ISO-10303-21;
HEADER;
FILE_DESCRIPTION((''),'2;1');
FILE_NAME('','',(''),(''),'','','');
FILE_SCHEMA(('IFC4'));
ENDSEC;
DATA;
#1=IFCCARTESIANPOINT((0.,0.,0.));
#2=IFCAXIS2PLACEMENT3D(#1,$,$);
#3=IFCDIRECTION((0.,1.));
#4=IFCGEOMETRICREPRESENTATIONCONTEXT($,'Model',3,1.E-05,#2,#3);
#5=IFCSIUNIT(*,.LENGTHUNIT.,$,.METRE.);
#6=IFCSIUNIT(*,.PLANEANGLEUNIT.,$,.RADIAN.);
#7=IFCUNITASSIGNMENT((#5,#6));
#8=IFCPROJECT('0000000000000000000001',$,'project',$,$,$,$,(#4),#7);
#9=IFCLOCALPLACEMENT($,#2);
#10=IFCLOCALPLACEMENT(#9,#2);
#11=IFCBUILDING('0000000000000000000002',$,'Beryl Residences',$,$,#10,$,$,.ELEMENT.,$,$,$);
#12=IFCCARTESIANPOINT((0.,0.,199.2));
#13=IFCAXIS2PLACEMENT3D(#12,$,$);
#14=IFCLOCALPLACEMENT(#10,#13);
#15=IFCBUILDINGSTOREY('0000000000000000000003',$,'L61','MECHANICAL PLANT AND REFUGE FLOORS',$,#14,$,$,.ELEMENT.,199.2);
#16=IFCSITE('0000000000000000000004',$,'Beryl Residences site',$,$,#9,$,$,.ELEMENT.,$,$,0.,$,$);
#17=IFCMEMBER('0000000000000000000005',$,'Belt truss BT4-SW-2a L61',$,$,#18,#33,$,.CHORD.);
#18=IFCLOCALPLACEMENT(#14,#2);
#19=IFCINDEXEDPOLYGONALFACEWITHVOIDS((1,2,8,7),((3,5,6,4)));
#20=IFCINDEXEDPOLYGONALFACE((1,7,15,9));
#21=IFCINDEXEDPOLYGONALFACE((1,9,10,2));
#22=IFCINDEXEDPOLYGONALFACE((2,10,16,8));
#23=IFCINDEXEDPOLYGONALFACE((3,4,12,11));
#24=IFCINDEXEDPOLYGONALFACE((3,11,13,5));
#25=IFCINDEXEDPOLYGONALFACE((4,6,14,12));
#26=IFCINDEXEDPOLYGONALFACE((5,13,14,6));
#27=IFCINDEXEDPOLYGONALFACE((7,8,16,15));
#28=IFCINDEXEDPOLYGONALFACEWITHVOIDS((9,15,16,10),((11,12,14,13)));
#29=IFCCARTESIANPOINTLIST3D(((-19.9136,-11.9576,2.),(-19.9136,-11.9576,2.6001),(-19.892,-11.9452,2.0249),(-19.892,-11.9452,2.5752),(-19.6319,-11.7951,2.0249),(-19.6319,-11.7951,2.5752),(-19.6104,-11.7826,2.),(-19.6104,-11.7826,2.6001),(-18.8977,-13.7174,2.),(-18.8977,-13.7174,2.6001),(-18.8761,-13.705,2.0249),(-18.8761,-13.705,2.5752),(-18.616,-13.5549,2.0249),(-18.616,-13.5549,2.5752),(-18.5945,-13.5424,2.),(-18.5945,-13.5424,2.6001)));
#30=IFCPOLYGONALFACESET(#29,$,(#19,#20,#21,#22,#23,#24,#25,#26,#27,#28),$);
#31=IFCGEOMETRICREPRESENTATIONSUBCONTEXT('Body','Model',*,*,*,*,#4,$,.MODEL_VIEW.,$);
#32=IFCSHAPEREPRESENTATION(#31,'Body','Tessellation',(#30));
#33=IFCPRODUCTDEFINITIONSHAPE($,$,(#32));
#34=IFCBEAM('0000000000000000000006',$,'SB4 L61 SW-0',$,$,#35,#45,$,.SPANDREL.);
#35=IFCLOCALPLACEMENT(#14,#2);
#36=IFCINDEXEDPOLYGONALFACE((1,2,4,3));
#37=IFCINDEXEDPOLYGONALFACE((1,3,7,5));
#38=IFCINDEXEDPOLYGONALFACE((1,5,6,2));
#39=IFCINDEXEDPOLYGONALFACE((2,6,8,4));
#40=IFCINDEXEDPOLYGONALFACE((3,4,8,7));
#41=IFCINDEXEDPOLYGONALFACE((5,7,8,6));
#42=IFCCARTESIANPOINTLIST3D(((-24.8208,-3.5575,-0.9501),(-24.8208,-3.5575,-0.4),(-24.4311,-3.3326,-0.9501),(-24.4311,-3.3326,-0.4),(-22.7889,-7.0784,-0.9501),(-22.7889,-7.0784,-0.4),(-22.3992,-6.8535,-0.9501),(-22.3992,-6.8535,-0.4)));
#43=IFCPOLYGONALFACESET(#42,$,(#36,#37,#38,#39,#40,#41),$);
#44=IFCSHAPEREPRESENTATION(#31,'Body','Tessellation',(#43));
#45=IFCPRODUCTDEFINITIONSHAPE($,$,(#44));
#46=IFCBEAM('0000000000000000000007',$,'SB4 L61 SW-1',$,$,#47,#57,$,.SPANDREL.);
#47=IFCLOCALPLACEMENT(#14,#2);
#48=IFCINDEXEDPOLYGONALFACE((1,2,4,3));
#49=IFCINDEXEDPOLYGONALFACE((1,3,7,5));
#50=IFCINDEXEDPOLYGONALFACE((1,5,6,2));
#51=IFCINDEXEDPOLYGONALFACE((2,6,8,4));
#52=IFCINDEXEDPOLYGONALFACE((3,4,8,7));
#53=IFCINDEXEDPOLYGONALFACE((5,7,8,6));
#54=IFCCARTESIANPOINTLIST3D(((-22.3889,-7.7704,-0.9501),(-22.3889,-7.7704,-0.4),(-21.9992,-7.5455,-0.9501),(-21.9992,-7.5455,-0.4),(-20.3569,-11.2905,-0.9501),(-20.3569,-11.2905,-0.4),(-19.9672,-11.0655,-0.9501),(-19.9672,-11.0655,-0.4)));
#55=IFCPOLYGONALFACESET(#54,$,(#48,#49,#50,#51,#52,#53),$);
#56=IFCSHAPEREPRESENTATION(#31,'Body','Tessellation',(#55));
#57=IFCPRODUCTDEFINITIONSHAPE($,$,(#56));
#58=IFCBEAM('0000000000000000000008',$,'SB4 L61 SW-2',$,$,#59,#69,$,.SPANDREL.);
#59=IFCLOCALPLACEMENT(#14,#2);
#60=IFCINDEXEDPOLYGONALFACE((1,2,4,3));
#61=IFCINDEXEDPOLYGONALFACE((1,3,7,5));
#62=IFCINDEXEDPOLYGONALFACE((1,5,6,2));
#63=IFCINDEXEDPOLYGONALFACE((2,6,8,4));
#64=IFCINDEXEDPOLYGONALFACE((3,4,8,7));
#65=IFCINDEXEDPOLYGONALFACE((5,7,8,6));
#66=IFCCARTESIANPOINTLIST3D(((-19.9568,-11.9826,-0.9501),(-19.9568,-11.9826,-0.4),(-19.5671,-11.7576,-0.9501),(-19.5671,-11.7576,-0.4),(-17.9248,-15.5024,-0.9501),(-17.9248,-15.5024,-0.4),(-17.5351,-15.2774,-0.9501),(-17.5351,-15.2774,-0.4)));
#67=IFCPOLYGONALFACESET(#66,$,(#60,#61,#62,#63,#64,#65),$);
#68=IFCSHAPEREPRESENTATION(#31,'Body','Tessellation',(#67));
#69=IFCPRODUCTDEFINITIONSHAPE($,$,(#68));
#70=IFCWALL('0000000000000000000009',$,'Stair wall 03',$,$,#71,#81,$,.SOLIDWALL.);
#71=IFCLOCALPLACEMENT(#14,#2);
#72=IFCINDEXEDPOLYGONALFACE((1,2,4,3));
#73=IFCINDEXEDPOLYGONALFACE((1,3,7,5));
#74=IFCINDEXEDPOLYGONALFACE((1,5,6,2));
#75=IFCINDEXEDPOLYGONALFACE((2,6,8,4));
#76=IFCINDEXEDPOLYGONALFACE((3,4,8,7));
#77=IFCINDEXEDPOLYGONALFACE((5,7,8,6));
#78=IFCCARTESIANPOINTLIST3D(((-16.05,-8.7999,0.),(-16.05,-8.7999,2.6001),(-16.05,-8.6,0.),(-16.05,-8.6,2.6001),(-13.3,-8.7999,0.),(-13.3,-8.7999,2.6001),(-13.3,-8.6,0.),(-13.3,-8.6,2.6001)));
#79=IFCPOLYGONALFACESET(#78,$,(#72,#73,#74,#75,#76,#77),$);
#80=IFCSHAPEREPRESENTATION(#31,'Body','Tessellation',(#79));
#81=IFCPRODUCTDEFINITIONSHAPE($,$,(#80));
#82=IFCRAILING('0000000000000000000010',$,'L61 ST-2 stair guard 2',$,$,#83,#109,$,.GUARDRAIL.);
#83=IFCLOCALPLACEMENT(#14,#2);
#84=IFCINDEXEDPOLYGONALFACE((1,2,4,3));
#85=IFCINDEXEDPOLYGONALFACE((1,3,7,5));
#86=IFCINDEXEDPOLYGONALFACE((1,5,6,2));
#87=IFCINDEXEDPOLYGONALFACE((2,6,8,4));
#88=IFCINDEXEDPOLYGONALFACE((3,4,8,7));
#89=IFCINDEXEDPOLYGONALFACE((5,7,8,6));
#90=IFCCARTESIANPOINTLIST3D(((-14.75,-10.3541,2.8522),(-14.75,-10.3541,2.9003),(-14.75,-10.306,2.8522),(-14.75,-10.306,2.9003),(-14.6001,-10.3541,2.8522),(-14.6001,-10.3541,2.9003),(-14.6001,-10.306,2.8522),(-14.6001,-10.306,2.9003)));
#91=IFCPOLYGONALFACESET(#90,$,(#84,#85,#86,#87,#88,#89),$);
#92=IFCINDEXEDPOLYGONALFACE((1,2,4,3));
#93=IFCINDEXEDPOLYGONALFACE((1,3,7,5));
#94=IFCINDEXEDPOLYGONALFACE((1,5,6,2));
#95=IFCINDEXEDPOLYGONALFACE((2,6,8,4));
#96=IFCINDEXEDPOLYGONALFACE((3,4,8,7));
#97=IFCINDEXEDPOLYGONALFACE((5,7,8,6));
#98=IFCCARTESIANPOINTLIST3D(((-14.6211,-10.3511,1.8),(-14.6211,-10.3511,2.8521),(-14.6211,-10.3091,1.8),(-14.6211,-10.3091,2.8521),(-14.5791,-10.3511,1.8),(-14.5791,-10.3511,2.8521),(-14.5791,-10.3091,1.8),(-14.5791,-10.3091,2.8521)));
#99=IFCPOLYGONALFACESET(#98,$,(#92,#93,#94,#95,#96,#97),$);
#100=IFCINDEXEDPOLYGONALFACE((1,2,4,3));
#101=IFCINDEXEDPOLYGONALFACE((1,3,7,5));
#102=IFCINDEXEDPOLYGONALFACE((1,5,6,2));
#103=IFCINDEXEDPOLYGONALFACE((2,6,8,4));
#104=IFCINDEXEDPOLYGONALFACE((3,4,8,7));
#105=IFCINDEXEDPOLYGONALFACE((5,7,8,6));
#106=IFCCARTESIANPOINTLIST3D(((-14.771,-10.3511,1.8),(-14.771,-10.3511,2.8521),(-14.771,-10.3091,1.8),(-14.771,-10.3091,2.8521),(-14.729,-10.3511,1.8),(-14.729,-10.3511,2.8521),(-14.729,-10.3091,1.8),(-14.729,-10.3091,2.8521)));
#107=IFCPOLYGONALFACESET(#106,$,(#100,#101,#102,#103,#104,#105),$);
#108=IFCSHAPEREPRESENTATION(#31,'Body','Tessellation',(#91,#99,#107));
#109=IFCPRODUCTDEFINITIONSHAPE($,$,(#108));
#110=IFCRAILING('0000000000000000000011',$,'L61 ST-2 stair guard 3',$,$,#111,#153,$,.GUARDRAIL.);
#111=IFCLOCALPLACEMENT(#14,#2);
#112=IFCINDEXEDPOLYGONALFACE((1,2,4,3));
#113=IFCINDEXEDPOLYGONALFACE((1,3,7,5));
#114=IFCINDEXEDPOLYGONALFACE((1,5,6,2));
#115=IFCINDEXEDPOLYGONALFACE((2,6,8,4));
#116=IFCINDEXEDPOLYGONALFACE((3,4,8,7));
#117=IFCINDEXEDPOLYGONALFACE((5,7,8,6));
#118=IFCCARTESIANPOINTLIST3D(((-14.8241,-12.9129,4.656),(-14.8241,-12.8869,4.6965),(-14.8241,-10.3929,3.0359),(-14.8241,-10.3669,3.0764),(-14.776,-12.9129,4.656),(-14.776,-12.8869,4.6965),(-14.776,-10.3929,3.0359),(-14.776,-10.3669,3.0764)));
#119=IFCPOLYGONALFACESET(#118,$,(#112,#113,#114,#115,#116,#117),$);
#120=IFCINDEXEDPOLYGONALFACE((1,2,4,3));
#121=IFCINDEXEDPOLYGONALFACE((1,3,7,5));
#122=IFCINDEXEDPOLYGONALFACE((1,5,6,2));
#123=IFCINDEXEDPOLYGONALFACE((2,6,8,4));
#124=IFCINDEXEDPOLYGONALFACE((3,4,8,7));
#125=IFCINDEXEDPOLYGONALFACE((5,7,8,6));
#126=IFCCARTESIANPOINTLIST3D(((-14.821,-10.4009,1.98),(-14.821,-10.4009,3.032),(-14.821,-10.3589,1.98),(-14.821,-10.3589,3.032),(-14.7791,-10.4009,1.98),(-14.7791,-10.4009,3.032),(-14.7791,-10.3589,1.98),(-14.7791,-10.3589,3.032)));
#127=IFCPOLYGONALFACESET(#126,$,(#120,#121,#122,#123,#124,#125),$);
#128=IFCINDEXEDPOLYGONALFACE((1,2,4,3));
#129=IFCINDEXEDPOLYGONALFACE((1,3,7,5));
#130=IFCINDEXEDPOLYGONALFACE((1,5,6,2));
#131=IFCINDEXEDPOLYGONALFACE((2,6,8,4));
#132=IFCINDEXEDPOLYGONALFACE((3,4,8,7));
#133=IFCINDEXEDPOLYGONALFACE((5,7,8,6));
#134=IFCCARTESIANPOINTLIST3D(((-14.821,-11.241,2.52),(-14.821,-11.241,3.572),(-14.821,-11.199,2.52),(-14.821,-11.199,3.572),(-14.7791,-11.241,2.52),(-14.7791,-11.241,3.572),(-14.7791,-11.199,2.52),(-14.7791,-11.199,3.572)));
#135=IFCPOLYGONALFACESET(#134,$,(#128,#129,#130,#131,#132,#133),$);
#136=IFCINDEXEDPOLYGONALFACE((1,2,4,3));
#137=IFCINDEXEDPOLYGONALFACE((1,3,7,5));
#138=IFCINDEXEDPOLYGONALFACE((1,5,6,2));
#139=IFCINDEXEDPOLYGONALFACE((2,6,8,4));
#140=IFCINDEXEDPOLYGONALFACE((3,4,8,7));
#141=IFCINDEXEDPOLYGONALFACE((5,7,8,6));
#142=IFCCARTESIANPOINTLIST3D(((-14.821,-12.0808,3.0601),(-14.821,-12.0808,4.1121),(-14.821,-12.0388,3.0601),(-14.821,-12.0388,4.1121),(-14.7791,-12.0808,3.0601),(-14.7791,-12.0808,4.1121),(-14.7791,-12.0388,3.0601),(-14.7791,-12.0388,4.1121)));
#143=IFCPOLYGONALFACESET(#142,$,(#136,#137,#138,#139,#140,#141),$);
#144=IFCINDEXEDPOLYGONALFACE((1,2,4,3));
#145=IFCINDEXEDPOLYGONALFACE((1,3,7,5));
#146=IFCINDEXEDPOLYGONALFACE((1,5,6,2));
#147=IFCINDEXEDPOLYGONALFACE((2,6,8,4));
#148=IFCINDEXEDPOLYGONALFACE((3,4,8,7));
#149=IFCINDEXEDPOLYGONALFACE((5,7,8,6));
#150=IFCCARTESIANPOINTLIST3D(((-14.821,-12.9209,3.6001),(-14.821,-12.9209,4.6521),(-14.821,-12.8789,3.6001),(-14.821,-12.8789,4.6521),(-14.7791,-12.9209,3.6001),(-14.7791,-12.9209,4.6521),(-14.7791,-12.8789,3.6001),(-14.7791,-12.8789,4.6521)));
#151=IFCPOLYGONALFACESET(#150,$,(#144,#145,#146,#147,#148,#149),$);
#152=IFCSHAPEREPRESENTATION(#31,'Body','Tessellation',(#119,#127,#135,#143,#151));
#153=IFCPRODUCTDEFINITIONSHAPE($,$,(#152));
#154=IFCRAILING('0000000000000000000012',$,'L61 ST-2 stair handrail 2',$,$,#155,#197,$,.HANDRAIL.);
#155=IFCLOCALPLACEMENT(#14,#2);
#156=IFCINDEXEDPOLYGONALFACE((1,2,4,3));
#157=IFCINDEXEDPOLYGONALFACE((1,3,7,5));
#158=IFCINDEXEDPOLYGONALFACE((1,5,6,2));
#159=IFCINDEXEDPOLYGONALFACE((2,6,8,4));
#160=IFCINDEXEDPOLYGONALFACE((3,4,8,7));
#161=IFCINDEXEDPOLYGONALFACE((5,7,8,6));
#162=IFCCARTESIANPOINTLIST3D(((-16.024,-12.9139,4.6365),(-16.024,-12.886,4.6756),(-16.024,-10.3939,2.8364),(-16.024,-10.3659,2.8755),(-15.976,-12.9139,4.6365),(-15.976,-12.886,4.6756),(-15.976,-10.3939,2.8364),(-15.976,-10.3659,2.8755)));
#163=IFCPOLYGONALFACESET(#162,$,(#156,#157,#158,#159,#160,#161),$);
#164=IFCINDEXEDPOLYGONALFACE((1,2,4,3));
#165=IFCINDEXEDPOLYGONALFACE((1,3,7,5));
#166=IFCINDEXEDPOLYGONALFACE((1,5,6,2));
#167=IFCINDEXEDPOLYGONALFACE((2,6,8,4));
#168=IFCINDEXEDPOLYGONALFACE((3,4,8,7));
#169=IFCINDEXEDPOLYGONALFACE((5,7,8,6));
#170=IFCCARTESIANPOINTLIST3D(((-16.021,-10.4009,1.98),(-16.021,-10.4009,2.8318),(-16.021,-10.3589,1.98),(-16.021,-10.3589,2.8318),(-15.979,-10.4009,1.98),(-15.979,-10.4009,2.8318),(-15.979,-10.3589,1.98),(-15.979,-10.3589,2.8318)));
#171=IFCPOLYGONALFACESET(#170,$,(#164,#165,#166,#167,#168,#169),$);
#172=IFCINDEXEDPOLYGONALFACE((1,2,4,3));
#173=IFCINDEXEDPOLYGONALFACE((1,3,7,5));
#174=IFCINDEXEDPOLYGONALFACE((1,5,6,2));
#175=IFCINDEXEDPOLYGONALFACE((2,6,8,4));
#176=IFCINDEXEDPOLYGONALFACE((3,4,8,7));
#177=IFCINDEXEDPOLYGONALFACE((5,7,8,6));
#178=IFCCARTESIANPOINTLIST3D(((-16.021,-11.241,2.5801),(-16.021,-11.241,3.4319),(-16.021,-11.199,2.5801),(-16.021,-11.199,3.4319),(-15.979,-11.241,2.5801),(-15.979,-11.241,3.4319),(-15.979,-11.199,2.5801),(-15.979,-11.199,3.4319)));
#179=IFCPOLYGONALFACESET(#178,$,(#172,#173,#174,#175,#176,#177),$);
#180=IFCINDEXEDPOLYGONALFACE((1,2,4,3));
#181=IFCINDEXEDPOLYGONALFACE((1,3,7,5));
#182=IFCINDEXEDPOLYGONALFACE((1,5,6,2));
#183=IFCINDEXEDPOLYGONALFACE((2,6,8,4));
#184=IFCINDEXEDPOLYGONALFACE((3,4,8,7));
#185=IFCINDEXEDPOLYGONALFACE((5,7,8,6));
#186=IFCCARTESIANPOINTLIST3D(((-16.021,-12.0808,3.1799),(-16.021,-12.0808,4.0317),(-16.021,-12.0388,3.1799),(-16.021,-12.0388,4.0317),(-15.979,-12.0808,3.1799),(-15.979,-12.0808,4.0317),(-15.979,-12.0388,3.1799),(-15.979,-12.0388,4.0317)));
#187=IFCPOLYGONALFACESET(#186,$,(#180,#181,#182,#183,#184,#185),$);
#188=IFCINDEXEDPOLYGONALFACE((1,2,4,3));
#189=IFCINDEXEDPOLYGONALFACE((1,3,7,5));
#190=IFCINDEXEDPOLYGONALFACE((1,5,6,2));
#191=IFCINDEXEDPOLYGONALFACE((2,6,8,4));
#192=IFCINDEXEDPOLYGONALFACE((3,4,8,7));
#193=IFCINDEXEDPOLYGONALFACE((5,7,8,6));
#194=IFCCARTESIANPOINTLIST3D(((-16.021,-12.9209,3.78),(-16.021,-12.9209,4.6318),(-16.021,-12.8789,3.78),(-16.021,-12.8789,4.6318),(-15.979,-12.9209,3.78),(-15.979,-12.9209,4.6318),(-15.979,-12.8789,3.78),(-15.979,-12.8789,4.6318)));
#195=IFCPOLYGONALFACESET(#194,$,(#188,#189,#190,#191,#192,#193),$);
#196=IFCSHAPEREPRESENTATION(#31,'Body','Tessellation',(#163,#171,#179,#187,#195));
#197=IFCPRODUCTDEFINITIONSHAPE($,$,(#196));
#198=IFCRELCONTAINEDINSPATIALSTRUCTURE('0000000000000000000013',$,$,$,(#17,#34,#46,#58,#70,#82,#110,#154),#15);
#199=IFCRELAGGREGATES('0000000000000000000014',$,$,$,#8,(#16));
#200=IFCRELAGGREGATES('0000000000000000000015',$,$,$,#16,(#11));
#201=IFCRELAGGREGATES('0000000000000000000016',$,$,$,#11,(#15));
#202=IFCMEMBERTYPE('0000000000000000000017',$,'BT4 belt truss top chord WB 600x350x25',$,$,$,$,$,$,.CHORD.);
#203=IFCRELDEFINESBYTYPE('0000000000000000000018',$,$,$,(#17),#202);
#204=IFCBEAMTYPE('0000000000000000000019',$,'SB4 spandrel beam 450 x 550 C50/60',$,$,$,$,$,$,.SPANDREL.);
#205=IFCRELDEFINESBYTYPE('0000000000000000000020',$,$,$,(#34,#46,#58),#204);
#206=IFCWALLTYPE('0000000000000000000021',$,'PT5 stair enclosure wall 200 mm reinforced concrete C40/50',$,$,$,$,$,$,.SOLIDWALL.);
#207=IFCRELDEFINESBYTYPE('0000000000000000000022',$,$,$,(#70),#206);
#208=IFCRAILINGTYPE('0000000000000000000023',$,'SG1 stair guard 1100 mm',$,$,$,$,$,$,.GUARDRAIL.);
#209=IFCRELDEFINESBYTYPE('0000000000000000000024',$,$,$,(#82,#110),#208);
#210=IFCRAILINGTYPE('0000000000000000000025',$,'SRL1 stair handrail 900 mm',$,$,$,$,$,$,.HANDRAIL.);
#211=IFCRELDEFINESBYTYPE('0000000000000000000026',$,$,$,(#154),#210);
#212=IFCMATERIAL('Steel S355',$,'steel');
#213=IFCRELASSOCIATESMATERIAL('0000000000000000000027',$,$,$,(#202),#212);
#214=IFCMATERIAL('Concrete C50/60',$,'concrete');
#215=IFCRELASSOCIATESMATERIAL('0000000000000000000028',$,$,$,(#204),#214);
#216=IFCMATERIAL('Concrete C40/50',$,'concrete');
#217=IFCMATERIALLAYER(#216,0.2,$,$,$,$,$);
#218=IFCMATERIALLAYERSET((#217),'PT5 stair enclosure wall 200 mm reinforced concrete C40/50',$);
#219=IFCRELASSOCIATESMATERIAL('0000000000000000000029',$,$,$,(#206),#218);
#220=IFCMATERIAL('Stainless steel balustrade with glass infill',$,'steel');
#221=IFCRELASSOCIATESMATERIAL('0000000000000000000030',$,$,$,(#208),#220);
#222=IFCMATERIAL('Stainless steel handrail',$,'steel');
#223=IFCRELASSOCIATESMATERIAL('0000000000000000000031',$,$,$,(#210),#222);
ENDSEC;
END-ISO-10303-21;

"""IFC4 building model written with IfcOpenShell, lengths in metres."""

from ifc_helpers import new_model, si_unit, direction, frame, frame_2d, origin, origin_2d, place, context, subcontext, project, spatial, rectangle, hollow_rectangle, extrude, material, layer, layer_set, material_profile, profile_set, type_object, element, save


model = new_model("IFC4")

# Units and contexts
model_context = context("Model", 3, precision=1e-05, world=origin(), true_north=direction((0.0, 1.0)))
body_context = subcontext(model_context, "Body", "Model", "MODEL_VIEW")
ifc_project = project(units=[si_unit("LENGTHUNIT", "METRE"), si_unit("PLANEANGLEUNIT", "RADIAN")], contexts=[model_context])

# Site, building, storey
site_placement = place(None, origin())
site = spatial("IfcSite", under=ifc_project, at=site_placement, Name="Beryl Residences site", CompositionType="ELEMENT", RefElevation=0.0)
building_placement = place(site_placement, origin())
building = spatial("IfcBuilding", under=site, at=building_placement, Name="Beryl Residences", CompositionType="ELEMENT")
storey_placement = place(building_placement, frame((0.0, 0.0, 199.2)))
storey = spatial("IfcBuildingStorey", under=building, at=storey_placement, Name="L61", Description="MECHANICAL PLANT AND REFUGE FLOORS", CompositionType="ELEMENT", Elevation=199.2)

# Member
ifc_material_1 = material(Name="Steel S355", Category="steel")
ifc_material_profile_1 = material_profile(ifc_material_1, hollow_rectangle(XDim=0.3501, YDim=0.6001, WallThickness=0.0249, at=origin_2d()))
ifc_profile_set_1 = profile_set([ifc_material_profile_1], Name="Steel S355")
member_type_1 = type_object("IfcMemberType", Name="BT4 belt truss top chord WB 600x350x25", PredefinedType="CHORD", material=ifc_profile_set_1)
member_1_placement = place(storey_placement, frame((-19.762, -11.8701, 2.3), z_axis=(0.499951, -0.866054, 0.0), x_axis=(0.866054, 0.499951, 0.0)))
element("IfcMember", 1, at=member_1_placement, inside=storey, type_object=member_type_1, Name="Belt truss BT4-SW-2a L61", PredefinedType="CHORD", context=body_context, shape_type="SweptSolid", body=[
    extrude(hollow_rectangle(XDim=0.3501, YDim=0.6001, WallThickness=0.0249, at=origin_2d()), origin(), (0.0, 0.0, 1.0), 2.032),
])

# Beams
ifc_material_2 = material(Name="Concrete C50/60", Category="concrete")
ifc_material_profile_2 = material_profile(ifc_material_2, rectangle(XDim=0.45, YDim=0.55, at=origin_2d()))
ifc_profile_set_2 = profile_set([ifc_material_profile_2], Name="Concrete C50/60")
beam_type = type_object("IfcBeamType", Name="SB4 spandrel beam 450 x 550 C50/60", PredefinedType="SPANDREL", material=ifc_profile_set_2)
beam_1_placement = place(storey_placement, frame((-24.626, -3.4451, -0.675), z_axis=(0.49984, -0.866118, 0.0), x_axis=(0.866118, 0.49984, 0.0)))
element("IfcBeam", 2, at=beam_1_placement, inside=storey, type_object=beam_type, Name="SB4 L61 SW-0", PredefinedType="SPANDREL", context=body_context, shape_type="SweptSolid", body=[
    extrude(rectangle(XDim=0.45, YDim=0.55, at=origin_2d()), origin(), (0.0, 0.0, 1.0), 4.0652),
])
beam_2_placement = place(storey_placement, frame((-22.1941, -7.658, -0.675), z_axis=(0.499944, -0.866058, 0.0), x_axis=(0.866058, 0.499944, 0.0)))
element("IfcBeam", 3, at=beam_2_placement, inside=storey, type_object=beam_type, Name="SB4 L61 SW-1", PredefinedType="SPANDREL", context=body_context, shape_type="SweptSolid", body=[
    extrude(rectangle(XDim=0.45, YDim=0.55, at=origin_2d()), origin(), (0.0, 0.0, 1.0), 4.0645),
])
beam_3_placement = place(storey_placement, frame((-19.762, -11.8701, -0.675), z_axis=(0.49997, -0.866043, 0.0), x_axis=(0.866043, 0.49997, 0.0)))
element("IfcBeam", 4, at=beam_3_placement, inside=storey, type_object=beam_type, Name="SB4 L61 SW-2", PredefinedType="SPANDREL", context=body_context, shape_type="SweptSolid", body=[
    extrude(rectangle(XDim=0.45, YDim=0.55, at=origin_2d()), origin(), (0.0, 0.0, 1.0), 4.0642),
])

# Wall
ifc_material_3 = material(Name="Concrete C40/50", Category="concrete")
ifc_layer = layer(ifc_material_3, 0.2)
ifc_layer_set = layer_set([ifc_layer], Name="PT5 stair enclosure wall 200 mm reinforced concrete C40/50")
wall_type = type_object("IfcWallType", Name="PT5 stair enclosure wall 200 mm reinforced concrete C40/50", PredefinedType="SOLIDWALL", material=ifc_layer_set)
wall_placement = place(storey_placement, frame((-16.05, -8.7, 0.0), z_axis=(0.0, 0.0, 1.0), x_axis=(1.0, 0.0, 0.0)))
element("IfcWall", 5, at=wall_placement, inside=storey, type_object=wall_type, Name="Stair wall 03", PredefinedType="SOLIDWALL", context=body_context, shape_type="SweptSolid", body=[
    extrude(rectangle(XDim=2.75, YDim=0.2, at=frame_2d((1.375, 0.0))), origin(), (0.0, 0.0, 1.0), 2.6001),
])

# Railings
ifc_material_4 = material(Name="Stainless steel balustrade with glass infill", Category="steel")
railing_type_1 = type_object("IfcRailingType", Name="SG1 stair guard 1100 mm", PredefinedType="GUARDRAIL", material=ifc_material_4)
railing_1_placement = place(storey_placement, frame((-14.6001, -10.3301, 1.8)))
element("IfcRailing", 6, at=railing_1_placement, inside=storey, type_object=railing_type_1, Name="L61 ST-2 stair guard 2", PredefinedType="GUARDRAIL", context=body_context, shape_type="SweptSolid", body=[
    extrude(rectangle(XDim=0.0481, YDim=0.0481, at=origin_2d()), frame((0.0, 0.0, 1.0762), z_axis=(-1.0, 0.0, 0.0), x_axis=(0.0, -1.0, 0.0)), (0.0, 0.0, 1.0), 0.1499),
    extrude(rectangle(XDim=0.042, YDim=0.042, at=origin_2d()), origin(), (0.0, 0.0, 1.0), 1.052),
    extrude(rectangle(XDim=0.042, YDim=0.042, at=origin_2d()), frame((-0.1499, 0.0, 0.0)), (0.0, 0.0, 1.0), 1.052),
])
railing_2_placement = place(storey_placement, frame((-14.8, -10.3799, 1.98)))
element("IfcRailing", 7, at=railing_2_placement, inside=storey, type_object=railing_type_1, Name="L61 ST-2 stair guard 3", PredefinedType="GUARDRAIL", context=body_context, shape_type="SweptSolid", body=[
    extrude(rectangle(XDim=0.0481, YDim=0.0481, at=origin_2d()), frame((0.0, 0.0, 1.0762), z_axis=(0.0, -0.841163, 0.540782), x_axis=(1.0, 0.0, 0.0)), (0.0, 0.0, 1.0), 2.9958),
    extrude(rectangle(XDim=0.042, YDim=0.042, at=origin_2d()), origin(), (0.0, 0.0, 1.0), 1.052),
    extrude(rectangle(XDim=0.042, YDim=0.042, at=origin_2d()), frame((0.0, -0.8401, 0.54)), (0.0, 0.0, 1.0), 1.052),
    extrude(rectangle(XDim=0.042, YDim=0.042, at=origin_2d()), frame((0.0, -1.6799, 1.0801)), (0.0, 0.0, 1.0), 1.052),
    extrude(rectangle(XDim=0.042, YDim=0.042, at=origin_2d()), frame((0.0, -2.52, 1.6201)), (0.0, 0.0, 1.0), 1.052),
])
ifc_material_5 = material(Name="Stainless steel handrail", Category="steel")
railing_type_2 = type_object("IfcRailingType", Name="SRL1 stair handrail 900 mm", PredefinedType="HANDRAIL", material=ifc_material_5)
railing_3_placement = place(storey_placement, frame((-16.0, -10.3799, 1.98)))
element("IfcRailing", 8, at=railing_3_placement, inside=storey, type_object=railing_type_2, Name="L61 ST-2 stair handrail 2", PredefinedType="HANDRAIL", context=body_context, shape_type="SweptSolid", body=[
    extrude(rectangle(XDim=0.0481, YDim=0.0481, at=origin_2d()), frame((0.0, 0.0, 0.876), z_axis=(0.0, -0.813728, 0.581246), x_axis=(1.0, 0.0, 0.0)), (0.0, 0.0, 1.0), 3.0969),
    extrude(rectangle(XDim=0.042, YDim=0.042, at=origin_2d()), origin(), (0.0, 0.0, 1.0), 0.8518),
    extrude(rectangle(XDim=0.042, YDim=0.042, at=origin_2d()), frame((0.0, -0.8401, 0.6001)), (0.0, 0.0, 1.0), 0.8518),
    extrude(rectangle(XDim=0.042, YDim=0.042, at=origin_2d()), frame((0.0, -1.6799, 1.2)), (0.0, 0.0, 1.0), 0.8518),
    extrude(rectangle(XDim=0.042, YDim=0.042, at=origin_2d()), frame((0.0, -2.52, 1.8)), (0.0, 0.0, 1.0), 0.8518),
])

save(model, "model.ifc")
